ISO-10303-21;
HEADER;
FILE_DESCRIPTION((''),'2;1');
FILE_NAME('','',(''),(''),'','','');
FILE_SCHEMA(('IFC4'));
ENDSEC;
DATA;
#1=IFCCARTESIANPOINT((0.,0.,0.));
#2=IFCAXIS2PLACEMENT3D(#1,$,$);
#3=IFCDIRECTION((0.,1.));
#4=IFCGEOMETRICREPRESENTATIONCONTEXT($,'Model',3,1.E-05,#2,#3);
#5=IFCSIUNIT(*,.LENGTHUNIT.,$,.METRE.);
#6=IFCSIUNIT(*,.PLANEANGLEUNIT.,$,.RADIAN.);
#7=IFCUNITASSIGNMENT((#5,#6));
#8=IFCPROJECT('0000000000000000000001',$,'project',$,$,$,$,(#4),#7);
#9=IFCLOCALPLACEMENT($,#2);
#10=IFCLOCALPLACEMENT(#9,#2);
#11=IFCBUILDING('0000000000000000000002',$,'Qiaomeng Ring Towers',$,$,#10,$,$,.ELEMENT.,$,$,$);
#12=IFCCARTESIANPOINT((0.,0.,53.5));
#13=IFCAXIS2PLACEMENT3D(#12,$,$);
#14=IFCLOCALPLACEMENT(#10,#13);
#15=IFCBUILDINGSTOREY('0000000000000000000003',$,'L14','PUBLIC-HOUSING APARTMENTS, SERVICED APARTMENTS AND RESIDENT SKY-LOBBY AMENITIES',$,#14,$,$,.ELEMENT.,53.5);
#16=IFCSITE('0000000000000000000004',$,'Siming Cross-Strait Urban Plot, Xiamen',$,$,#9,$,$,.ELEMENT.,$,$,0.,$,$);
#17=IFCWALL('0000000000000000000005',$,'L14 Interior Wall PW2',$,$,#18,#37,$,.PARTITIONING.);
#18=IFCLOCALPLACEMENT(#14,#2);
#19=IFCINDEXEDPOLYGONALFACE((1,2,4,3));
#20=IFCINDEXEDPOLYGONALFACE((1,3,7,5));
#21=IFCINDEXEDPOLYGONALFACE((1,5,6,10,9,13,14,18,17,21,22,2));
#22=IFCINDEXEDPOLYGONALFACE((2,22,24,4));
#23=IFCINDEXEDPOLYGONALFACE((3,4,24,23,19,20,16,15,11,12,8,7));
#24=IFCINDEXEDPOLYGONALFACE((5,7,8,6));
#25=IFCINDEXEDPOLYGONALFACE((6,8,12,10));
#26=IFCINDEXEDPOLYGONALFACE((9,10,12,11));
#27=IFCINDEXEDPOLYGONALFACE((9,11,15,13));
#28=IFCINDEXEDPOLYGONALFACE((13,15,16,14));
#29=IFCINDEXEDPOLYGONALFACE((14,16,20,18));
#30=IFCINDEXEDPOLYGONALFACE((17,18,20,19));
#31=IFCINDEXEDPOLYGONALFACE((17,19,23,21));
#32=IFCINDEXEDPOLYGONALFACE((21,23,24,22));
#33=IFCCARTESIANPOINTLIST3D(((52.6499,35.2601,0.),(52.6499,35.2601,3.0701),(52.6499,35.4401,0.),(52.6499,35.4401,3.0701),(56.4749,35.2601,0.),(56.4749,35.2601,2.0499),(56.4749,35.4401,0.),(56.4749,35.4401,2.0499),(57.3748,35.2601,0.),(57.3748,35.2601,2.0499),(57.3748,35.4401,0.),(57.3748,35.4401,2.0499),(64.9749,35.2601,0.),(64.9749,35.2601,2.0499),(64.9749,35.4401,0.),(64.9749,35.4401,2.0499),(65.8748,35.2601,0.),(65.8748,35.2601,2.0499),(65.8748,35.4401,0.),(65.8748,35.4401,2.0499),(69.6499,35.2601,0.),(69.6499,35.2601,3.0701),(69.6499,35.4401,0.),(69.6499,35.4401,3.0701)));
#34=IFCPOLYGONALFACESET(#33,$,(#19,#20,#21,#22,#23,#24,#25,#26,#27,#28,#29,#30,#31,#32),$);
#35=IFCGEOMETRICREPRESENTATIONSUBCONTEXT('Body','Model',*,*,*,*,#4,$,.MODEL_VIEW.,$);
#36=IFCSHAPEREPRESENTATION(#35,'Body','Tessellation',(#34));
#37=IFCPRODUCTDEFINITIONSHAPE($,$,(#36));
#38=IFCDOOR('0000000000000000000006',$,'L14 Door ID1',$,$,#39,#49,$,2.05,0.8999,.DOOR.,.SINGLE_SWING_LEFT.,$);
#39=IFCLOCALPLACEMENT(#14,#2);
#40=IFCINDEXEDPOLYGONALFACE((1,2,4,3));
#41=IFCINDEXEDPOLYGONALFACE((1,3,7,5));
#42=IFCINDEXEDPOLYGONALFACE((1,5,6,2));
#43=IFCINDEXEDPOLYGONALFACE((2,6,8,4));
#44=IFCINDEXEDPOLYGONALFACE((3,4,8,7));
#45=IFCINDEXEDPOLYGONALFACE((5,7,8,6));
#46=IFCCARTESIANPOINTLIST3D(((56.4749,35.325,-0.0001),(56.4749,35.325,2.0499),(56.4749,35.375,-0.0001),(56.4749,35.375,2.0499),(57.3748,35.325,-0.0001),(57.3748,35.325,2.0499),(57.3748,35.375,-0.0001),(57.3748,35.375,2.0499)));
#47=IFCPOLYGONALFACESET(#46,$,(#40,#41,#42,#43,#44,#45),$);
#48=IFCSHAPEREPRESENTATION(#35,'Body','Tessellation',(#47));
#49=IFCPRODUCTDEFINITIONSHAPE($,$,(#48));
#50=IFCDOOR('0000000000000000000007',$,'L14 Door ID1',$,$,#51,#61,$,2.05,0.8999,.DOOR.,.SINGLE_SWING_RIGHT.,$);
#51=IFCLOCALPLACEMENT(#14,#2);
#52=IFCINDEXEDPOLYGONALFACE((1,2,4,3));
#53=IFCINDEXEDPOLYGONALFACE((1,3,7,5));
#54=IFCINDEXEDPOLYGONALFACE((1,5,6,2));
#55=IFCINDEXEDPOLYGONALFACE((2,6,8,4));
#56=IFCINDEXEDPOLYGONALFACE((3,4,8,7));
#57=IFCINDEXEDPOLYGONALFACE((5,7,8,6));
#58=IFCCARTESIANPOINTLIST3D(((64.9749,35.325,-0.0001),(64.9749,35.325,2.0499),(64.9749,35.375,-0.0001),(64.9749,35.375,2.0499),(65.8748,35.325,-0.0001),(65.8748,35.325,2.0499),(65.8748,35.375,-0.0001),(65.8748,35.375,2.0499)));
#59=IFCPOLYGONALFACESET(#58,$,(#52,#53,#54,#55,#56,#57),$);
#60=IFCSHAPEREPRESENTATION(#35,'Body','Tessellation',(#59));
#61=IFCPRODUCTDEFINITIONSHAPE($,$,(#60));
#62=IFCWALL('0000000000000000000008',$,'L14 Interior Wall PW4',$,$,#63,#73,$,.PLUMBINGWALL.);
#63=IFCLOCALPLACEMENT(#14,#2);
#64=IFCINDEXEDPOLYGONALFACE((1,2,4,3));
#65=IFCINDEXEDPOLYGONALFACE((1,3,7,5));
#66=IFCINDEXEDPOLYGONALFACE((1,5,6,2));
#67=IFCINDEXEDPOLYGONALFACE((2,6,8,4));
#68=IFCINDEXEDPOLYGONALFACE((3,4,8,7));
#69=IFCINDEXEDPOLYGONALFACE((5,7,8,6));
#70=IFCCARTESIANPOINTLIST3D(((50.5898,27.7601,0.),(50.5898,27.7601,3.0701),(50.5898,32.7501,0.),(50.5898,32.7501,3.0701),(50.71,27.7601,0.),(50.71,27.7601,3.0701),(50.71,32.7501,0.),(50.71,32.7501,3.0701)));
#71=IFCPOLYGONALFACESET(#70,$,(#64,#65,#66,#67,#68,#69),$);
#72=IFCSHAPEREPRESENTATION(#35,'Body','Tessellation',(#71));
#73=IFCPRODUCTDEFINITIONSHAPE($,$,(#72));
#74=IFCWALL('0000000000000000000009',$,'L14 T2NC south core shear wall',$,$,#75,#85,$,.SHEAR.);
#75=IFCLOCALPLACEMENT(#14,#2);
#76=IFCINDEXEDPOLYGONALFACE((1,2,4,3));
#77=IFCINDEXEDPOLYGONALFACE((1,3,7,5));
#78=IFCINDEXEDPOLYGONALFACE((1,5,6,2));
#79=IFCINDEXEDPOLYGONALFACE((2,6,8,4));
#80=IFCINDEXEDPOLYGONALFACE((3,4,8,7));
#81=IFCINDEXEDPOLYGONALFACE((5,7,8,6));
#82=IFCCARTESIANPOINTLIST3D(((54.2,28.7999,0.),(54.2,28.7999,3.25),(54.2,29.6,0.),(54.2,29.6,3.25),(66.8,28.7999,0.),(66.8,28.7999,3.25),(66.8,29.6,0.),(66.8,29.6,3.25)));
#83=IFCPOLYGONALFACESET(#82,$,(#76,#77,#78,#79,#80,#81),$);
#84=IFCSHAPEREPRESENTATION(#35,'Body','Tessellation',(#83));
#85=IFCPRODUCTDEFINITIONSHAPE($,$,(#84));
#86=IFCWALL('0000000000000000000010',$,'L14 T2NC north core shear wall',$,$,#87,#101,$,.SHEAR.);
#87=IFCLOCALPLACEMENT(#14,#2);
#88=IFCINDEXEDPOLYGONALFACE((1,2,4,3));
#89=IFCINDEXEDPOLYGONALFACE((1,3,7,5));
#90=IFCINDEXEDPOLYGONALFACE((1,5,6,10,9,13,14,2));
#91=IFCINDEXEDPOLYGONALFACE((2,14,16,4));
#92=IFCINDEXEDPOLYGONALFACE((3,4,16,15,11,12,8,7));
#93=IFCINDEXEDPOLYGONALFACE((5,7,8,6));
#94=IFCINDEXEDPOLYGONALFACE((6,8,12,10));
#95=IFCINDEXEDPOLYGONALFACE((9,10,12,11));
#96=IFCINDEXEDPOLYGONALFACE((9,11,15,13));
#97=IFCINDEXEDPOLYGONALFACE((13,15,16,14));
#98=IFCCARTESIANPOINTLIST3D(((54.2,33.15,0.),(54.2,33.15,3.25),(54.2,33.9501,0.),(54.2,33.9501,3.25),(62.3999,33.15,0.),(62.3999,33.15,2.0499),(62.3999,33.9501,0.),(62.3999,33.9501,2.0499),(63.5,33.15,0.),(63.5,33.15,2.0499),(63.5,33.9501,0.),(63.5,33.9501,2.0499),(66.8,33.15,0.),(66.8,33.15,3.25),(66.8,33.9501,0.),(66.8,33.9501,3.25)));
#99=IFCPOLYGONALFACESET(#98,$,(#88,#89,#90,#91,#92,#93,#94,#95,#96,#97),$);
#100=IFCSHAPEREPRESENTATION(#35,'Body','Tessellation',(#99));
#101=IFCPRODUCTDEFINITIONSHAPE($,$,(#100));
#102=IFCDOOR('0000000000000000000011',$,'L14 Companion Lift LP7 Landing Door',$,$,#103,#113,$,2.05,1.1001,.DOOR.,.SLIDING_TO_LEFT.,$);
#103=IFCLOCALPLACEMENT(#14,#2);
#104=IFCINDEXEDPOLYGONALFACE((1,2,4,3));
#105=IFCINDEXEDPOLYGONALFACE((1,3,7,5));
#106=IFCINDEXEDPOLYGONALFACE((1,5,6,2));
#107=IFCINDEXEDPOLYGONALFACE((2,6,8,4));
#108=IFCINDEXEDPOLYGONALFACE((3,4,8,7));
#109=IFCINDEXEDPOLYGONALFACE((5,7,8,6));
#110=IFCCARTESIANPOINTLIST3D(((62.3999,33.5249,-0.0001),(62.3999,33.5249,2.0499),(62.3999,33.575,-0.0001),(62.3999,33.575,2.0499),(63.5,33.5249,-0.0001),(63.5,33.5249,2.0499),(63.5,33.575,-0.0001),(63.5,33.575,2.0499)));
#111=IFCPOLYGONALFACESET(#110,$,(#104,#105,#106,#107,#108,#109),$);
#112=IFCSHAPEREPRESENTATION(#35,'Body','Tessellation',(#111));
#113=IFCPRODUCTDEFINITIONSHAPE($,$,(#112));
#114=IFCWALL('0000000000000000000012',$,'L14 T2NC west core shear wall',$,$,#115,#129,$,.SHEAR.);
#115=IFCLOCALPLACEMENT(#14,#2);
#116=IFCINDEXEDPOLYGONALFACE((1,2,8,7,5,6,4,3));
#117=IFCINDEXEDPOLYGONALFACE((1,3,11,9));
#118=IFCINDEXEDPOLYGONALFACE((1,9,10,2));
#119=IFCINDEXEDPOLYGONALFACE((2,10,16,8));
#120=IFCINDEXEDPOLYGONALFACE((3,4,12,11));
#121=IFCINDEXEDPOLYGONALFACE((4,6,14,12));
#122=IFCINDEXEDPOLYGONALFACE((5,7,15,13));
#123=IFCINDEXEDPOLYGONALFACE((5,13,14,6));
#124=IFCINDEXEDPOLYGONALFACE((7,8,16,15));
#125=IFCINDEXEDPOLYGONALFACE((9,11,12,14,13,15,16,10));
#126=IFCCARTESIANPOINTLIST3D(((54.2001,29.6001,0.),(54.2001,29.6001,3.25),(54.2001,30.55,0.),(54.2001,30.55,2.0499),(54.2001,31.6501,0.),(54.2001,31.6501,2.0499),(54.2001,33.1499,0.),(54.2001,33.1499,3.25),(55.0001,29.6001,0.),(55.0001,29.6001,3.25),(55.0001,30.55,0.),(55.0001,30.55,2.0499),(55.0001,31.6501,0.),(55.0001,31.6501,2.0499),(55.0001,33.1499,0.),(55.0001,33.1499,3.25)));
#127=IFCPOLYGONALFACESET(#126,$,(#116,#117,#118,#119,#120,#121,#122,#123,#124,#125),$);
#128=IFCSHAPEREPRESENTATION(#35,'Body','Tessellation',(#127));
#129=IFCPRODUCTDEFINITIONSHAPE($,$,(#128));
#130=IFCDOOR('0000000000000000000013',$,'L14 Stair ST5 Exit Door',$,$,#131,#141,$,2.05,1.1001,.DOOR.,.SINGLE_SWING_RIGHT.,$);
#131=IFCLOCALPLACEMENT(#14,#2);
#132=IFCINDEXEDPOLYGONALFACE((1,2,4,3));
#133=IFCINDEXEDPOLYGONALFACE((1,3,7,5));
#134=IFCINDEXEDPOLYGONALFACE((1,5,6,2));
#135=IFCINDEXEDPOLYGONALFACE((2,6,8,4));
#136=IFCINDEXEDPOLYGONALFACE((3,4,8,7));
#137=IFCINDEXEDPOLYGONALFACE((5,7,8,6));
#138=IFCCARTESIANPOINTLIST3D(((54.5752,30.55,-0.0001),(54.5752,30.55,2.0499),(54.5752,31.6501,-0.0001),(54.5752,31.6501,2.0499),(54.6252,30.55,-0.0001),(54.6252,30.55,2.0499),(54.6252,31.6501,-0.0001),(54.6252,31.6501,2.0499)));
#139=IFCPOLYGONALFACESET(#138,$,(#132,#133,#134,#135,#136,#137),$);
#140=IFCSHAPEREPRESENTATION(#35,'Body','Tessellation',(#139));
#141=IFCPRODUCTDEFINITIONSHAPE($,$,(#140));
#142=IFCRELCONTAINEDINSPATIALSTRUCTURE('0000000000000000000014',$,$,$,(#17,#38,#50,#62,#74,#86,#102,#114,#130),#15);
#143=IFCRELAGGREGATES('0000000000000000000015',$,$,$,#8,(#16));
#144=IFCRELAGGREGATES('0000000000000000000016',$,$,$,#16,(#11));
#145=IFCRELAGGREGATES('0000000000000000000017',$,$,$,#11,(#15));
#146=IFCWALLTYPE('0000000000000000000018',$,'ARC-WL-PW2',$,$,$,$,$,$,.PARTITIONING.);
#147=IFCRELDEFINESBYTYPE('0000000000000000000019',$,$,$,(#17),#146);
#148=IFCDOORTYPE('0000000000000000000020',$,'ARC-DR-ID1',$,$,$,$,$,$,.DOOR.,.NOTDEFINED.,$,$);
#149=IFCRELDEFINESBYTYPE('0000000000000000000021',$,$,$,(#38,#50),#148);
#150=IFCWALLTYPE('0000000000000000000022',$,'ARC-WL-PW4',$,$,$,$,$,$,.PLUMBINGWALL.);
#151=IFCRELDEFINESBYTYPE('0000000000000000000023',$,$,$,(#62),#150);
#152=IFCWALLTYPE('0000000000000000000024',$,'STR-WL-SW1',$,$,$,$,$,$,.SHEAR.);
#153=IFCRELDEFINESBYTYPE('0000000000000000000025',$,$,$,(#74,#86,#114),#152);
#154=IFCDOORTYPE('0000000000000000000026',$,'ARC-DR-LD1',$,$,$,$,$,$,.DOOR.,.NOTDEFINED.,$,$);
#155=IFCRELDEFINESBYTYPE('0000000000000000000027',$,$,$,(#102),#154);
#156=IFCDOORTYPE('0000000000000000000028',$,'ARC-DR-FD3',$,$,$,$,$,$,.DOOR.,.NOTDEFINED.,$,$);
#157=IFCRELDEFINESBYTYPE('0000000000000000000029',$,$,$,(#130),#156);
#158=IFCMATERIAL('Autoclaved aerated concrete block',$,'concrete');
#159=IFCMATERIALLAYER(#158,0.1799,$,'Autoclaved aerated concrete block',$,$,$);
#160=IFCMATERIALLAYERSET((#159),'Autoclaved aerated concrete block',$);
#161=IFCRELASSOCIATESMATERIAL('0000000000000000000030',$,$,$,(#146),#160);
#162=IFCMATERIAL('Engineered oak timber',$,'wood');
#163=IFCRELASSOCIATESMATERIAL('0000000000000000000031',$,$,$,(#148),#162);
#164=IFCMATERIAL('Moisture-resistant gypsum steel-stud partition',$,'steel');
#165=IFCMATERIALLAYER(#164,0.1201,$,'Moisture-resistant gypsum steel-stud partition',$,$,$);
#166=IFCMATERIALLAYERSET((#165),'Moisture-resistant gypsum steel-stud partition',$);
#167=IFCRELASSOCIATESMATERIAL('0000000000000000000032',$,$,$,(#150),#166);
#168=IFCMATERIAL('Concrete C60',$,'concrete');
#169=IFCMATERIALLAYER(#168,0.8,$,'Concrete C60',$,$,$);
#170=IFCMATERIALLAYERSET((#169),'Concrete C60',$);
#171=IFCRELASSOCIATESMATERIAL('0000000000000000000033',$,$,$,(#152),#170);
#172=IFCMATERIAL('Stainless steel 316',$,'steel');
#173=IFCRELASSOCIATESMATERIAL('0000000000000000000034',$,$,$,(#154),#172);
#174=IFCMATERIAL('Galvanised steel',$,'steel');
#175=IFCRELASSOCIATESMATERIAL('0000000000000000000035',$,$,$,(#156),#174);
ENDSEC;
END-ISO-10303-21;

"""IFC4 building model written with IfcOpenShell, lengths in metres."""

from ifc_helpers import new_model, si_unit, direction, frame, frame_2d, origin, place, context, subcontext, project, spatial, rectangle, extrude, source, transform, mapped, material, layer, layer_set, type_object, element, fill, save


model = new_model("IFC4")

# Units and contexts
model_context = context("Model", 3, precision=1e-05, world=origin(), true_north=direction((0.0, 1.0)))
body_context = subcontext(model_context, "Body", "Model", "MODEL_VIEW")
ifc_project = project(units=[si_unit("LENGTHUNIT", "METRE"), si_unit("PLANEANGLEUNIT", "RADIAN")], contexts=[model_context])

# Site, building, storey
site_placement = place(None, origin())
site = spatial("IfcSite", under=ifc_project, at=site_placement, Name="Siming Cross-Strait Urban Plot, Xiamen", CompositionType="ELEMENT", RefElevation=0.0)
building_placement = place(site_placement, origin())
building = spatial("IfcBuilding", under=site, at=building_placement, Name="Qiaomeng Ring Towers", CompositionType="ELEMENT")
storey_placement = place(building_placement, frame((0.0, 0.0, 53.5)))
storey = spatial("IfcBuildingStorey", under=building, at=storey_placement, Name="L14", Description="PUBLIC-HOUSING APARTMENTS, SERVICED APARTMENTS AND RESIDENT SKY-LOBBY AMENITIES", CompositionType="ELEMENT", Elevation=53.5)

# Shared definitions
ifc_material_1 = material(Name="Concrete C60", Category="concrete")

# Wall, openings, doors
ifc_material_2 = material(Name="Autoclaved aerated concrete block", Category="concrete")
ifc_layer_1 = layer(ifc_material_2, 0.1799, Name="Autoclaved aerated concrete block")
ifc_layer_set_1 = layer_set([ifc_layer_1], Name="Autoclaved aerated concrete block")
wall_type_1 = type_object("IfcWallType", Name="ARC-WL-PW2", PredefinedType="PARTITIONING", material=ifc_layer_set_1)
wall_1_placement = place(storey_placement, frame((52.6499, 35.3501, 0.0), z_axis=(0.0, 0.0, 1.0), x_axis=(1.0, 0.0, 0.0)))
wall_1 = element("IfcWall", 1, at=wall_1_placement, inside=storey, type_object=wall_type_1, Name="L14 Interior Wall PW2", PredefinedType="PARTITIONING", context=body_context, shape_type="SweptSolid", body=[
    extrude(rectangle(XDim=17.0, YDim=0.1799, at=frame_2d((8.5, 0.0))), origin(), (0.0, 0.0, 1.0), 3.0701),
])
opening_1_placement = place(wall_1_placement, frame((3.825, 0.0, 0.0)))
opening_1 = element("IfcOpeningElement", 2, at=opening_1_placement, cuts=wall_1, PredefinedType="OPENING", context=body_context, shape_type="SweptSolid", body=[
    extrude(rectangle(XDim=0.8999, YDim=2.05, at=frame_2d((0.45, 1.0249))), frame((0.0, 0.0999, 0.0), z_axis=(0.0, -1.0, 0.0), x_axis=(1.0, 0.0, 0.0)), (0.0, 0.0, 1.0), 0.2),
])
opening_2_placement = place(wall_1_placement, frame((12.325, 0.0, 0.0)))
opening_2 = element("IfcOpeningElement", 3, at=opening_2_placement, cuts=wall_1, PredefinedType="OPENING", context=body_context, shape_type="SweptSolid", body=[
    extrude(rectangle(XDim=0.8999, YDim=2.05, at=frame_2d((0.45, 1.0249))), frame((0.0, 0.0999, 0.0), z_axis=(0.0, -1.0, 0.0), x_axis=(1.0, 0.0, 0.0)), (0.0, 0.0, 1.0), 0.2),
])
ifc_material_3 = material(Name="Engineered oak timber", Category="wood")
door_type_1 = type_object("IfcDoorType", Name="ARC-DR-ID1", OperationType="NOTDEFINED", PredefinedType="DOOR", material=ifc_material_3)
shared_shape_1 = source(origin(), body_context, "Body", "SweptSolid", [
    extrude(rectangle(XDim=0.8999, YDim=2.05, at=frame_2d((0.45, 1.0249))), frame((0.0, 0.0249, 0.0), z_axis=(0.0, -1.0, 0.0), x_axis=(1.0, 0.0, 0.0)), (0.0, 0.0, 1.0), 0.05),
])
door_1_placement = place(opening_1_placement, origin())
door_1 = element("IfcDoor", 4, at=door_1_placement, inside=storey, type_object=door_type_1, Name="L14 Door ID1", OperationType="SINGLE_SWING_LEFT", OverallHeight=2.05, OverallWidth=0.8999, PredefinedType="DOOR", context=body_context, shape_type="MappedRepresentation", body=[
    mapped(shared_shape_1, transform((0.0, 0.0, 0.0), x_axis=(1.0, 0.0, 0.0), y_axis=(0.0, 1.0, 0.0), z_axis=(0.0, 0.0, 1.0), scale=1.0)),
])
fill(opening_1, door_1)
door_2_placement = place(opening_2_placement, origin())
door_2 = element("IfcDoor", 5, at=door_2_placement, inside=storey, type_object=door_type_1, Name="L14 Door ID1", OperationType="SINGLE_SWING_RIGHT", OverallHeight=2.05, OverallWidth=0.8999, PredefinedType="DOOR", context=body_context, shape_type="MappedRepresentation", body=[
    mapped(shared_shape_1, transform((0.0, 0.0, 0.0), x_axis=(1.0, 0.0, 0.0), y_axis=(0.0, 1.0, 0.0), z_axis=(0.0, 0.0, 1.0), scale=1.0)),
])
fill(opening_2, door_2)

# Walls
ifc_material_4 = material(Name="Moisture-resistant gypsum steel-stud partition", Category="steel")
ifc_layer_2 = layer(ifc_material_4, 0.1201, Name="Moisture-resistant gypsum steel-stud partition")
ifc_layer_set_2 = layer_set([ifc_layer_2], Name="Moisture-resistant gypsum steel-stud partition")
wall_type_2 = type_object("IfcWallType", Name="ARC-WL-PW4", PredefinedType="PLUMBINGWALL", material=ifc_layer_set_2)
wall_2_placement = place(storey_placement, frame((50.6499, 27.76, 0.0), z_axis=(0.0, 0.0, 1.0), x_axis=(0.0, 1.0, 0.0)))
element("IfcWall", 6, at=wall_2_placement, inside=storey, type_object=wall_type_2, Name="L14 Interior Wall PW4", PredefinedType="PLUMBINGWALL", context=body_context, shape_type="SweptSolid", body=[
    extrude(rectangle(XDim=4.99, YDim=0.1201, at=frame_2d((2.4951, 0.0))), origin(), (0.0, 0.0, 1.0), 3.0701),
])
ifc_layer_3 = layer(ifc_material_1, 0.8, Name="Concrete C60")
ifc_layer_set_3 = layer_set([ifc_layer_3], Name="Concrete C60")
wall_type_3 = type_object("IfcWallType", Name="STR-WL-SW1", PredefinedType="SHEAR", material=ifc_layer_set_3)
wall_3_placement = place(storey_placement, frame((54.2, 29.2, 0.0), z_axis=(0.0, 0.0, 1.0), x_axis=(1.0, 0.0, 0.0)))
element("IfcWall", 7, at=wall_3_placement, inside=storey, type_object=wall_type_3, Name="L14 T2NC south core shear wall", PredefinedType="SHEAR", context=body_context, shape_type="SweptSolid", body=[
    extrude(rectangle(XDim=12.6001, YDim=0.8, at=frame_2d((6.3, 0.0))), origin(), (0.0, 0.0, 1.0), 3.25),
])

# Walls, openings, doors
wall_4_placement = place(storey_placement, frame((54.2, 33.55, 0.0), z_axis=(0.0, 0.0, 1.0), x_axis=(1.0, 0.0, 0.0)))
wall_4 = element("IfcWall", 8, at=wall_4_placement, inside=storey, type_object=wall_type_3, Name="L14 T2NC north core shear wall", PredefinedType="SHEAR", context=body_context, shape_type="SweptSolid", body=[
    extrude(rectangle(XDim=12.6001, YDim=0.8, at=frame_2d((6.3, 0.0))), origin(), (0.0, 0.0, 1.0), 3.25),
])
opening_3_placement = place(wall_4_placement, frame((8.2, 0.0, 0.0)))
opening_3 = element("IfcOpeningElement", 9, at=opening_3_placement, cuts=wall_4, PredefinedType="OPENING", context=body_context, shape_type="SweptSolid", body=[
    extrude(rectangle(XDim=1.1001, YDim=2.05, at=frame_2d((0.55, 1.0249))), frame((0.0, 0.4099, 0.0), z_axis=(0.0, -1.0, 0.0), x_axis=(1.0, 0.0, 0.0)), (0.0, 0.0, 1.0), 0.8201),
])
ifc_material_5 = material(Name="Stainless steel 316", Category="steel")
door_type_2 = type_object("IfcDoorType", Name="ARC-DR-LD1", OperationType="NOTDEFINED", PredefinedType="DOOR", material=ifc_material_5)
shared_shape_2 = source(origin(), body_context, "Body", "SweptSolid", [
    extrude(rectangle(XDim=1.1001, YDim=2.05, at=frame_2d((0.55, 1.0249))), frame((0.0, 0.0249, 0.0), z_axis=(0.0, -1.0, 0.0), x_axis=(1.0, 0.0, 0.0)), (0.0, 0.0, 1.0), 0.05),
])
door_3_placement = place(opening_3_placement, origin())
door_3 = element("IfcDoor", 10, at=door_3_placement, inside=storey, type_object=door_type_2, Name="L14 Companion Lift LP7 Landing Door", OperationType="SLIDING_TO_LEFT", OverallHeight=2.05, OverallWidth=1.1001, PredefinedType="DOOR", context=body_context, shape_type="MappedRepresentation", body=[
    mapped(shared_shape_2, transform((0.0, 0.0, 0.0), x_axis=(1.0, 0.0, 0.0), y_axis=(0.0, 1.0, 0.0), z_axis=(0.0, 0.0, 1.0), scale=1.0)),
])
fill(opening_3, door_3)
wall_5_placement = place(storey_placement, frame((54.6001, 29.6001, 0.0), z_axis=(0.0, 0.0, 1.0), x_axis=(0.0, 1.0, 0.0)))
wall_5 = element("IfcWall", 11, at=wall_5_placement, inside=storey, type_object=wall_type_3, Name="L14 T2NC west core shear wall", PredefinedType="SHEAR", context=body_context, shape_type="SweptSolid", body=[
    extrude(rectangle(XDim=3.5498, YDim=0.8, at=frame_2d((1.7749, 0.0))), origin(), (0.0, 0.0, 1.0), 3.25),
])
opening_4_placement = place(wall_5_placement, frame((0.95, 0.0, 0.0)))
opening_4 = element("IfcOpeningElement", 12, at=opening_4_placement, cuts=wall_5, PredefinedType="OPENING", context=body_context, shape_type="SweptSolid", body=[
    extrude(rectangle(XDim=1.1001, YDim=2.05, at=frame_2d((0.55, 1.0249))), frame((0.0, 0.4099, 0.0), z_axis=(0.0, -1.0, 0.0), x_axis=(1.0, 0.0, 0.0)), (0.0, 0.0, 1.0), 0.8201),
])
ifc_material_6 = material(Name="Galvanised steel", Category="steel")
door_type_3 = type_object("IfcDoorType", Name="ARC-DR-FD3", OperationType="NOTDEFINED", PredefinedType="DOOR", material=ifc_material_6)
door_4_placement = place(opening_4_placement, origin())
door_4 = element("IfcDoor", 13, at=door_4_placement, inside=storey, type_object=door_type_3, Name="L14 Stair ST5 Exit Door", OperationType="SINGLE_SWING_RIGHT", OverallHeight=2.05, OverallWidth=1.1001, PredefinedType="DOOR", context=body_context, shape_type="MappedRepresentation", body=[
    mapped(shared_shape_2, transform((0.0, 0.0, 0.0), x_axis=(1.0, 0.0, 0.0), y_axis=(0.0, 1.0, 0.0), z_axis=(0.0, 0.0, 1.0), scale=1.0)),
])
fill(opening_4, door_4)

save(model, "model.ifc")
